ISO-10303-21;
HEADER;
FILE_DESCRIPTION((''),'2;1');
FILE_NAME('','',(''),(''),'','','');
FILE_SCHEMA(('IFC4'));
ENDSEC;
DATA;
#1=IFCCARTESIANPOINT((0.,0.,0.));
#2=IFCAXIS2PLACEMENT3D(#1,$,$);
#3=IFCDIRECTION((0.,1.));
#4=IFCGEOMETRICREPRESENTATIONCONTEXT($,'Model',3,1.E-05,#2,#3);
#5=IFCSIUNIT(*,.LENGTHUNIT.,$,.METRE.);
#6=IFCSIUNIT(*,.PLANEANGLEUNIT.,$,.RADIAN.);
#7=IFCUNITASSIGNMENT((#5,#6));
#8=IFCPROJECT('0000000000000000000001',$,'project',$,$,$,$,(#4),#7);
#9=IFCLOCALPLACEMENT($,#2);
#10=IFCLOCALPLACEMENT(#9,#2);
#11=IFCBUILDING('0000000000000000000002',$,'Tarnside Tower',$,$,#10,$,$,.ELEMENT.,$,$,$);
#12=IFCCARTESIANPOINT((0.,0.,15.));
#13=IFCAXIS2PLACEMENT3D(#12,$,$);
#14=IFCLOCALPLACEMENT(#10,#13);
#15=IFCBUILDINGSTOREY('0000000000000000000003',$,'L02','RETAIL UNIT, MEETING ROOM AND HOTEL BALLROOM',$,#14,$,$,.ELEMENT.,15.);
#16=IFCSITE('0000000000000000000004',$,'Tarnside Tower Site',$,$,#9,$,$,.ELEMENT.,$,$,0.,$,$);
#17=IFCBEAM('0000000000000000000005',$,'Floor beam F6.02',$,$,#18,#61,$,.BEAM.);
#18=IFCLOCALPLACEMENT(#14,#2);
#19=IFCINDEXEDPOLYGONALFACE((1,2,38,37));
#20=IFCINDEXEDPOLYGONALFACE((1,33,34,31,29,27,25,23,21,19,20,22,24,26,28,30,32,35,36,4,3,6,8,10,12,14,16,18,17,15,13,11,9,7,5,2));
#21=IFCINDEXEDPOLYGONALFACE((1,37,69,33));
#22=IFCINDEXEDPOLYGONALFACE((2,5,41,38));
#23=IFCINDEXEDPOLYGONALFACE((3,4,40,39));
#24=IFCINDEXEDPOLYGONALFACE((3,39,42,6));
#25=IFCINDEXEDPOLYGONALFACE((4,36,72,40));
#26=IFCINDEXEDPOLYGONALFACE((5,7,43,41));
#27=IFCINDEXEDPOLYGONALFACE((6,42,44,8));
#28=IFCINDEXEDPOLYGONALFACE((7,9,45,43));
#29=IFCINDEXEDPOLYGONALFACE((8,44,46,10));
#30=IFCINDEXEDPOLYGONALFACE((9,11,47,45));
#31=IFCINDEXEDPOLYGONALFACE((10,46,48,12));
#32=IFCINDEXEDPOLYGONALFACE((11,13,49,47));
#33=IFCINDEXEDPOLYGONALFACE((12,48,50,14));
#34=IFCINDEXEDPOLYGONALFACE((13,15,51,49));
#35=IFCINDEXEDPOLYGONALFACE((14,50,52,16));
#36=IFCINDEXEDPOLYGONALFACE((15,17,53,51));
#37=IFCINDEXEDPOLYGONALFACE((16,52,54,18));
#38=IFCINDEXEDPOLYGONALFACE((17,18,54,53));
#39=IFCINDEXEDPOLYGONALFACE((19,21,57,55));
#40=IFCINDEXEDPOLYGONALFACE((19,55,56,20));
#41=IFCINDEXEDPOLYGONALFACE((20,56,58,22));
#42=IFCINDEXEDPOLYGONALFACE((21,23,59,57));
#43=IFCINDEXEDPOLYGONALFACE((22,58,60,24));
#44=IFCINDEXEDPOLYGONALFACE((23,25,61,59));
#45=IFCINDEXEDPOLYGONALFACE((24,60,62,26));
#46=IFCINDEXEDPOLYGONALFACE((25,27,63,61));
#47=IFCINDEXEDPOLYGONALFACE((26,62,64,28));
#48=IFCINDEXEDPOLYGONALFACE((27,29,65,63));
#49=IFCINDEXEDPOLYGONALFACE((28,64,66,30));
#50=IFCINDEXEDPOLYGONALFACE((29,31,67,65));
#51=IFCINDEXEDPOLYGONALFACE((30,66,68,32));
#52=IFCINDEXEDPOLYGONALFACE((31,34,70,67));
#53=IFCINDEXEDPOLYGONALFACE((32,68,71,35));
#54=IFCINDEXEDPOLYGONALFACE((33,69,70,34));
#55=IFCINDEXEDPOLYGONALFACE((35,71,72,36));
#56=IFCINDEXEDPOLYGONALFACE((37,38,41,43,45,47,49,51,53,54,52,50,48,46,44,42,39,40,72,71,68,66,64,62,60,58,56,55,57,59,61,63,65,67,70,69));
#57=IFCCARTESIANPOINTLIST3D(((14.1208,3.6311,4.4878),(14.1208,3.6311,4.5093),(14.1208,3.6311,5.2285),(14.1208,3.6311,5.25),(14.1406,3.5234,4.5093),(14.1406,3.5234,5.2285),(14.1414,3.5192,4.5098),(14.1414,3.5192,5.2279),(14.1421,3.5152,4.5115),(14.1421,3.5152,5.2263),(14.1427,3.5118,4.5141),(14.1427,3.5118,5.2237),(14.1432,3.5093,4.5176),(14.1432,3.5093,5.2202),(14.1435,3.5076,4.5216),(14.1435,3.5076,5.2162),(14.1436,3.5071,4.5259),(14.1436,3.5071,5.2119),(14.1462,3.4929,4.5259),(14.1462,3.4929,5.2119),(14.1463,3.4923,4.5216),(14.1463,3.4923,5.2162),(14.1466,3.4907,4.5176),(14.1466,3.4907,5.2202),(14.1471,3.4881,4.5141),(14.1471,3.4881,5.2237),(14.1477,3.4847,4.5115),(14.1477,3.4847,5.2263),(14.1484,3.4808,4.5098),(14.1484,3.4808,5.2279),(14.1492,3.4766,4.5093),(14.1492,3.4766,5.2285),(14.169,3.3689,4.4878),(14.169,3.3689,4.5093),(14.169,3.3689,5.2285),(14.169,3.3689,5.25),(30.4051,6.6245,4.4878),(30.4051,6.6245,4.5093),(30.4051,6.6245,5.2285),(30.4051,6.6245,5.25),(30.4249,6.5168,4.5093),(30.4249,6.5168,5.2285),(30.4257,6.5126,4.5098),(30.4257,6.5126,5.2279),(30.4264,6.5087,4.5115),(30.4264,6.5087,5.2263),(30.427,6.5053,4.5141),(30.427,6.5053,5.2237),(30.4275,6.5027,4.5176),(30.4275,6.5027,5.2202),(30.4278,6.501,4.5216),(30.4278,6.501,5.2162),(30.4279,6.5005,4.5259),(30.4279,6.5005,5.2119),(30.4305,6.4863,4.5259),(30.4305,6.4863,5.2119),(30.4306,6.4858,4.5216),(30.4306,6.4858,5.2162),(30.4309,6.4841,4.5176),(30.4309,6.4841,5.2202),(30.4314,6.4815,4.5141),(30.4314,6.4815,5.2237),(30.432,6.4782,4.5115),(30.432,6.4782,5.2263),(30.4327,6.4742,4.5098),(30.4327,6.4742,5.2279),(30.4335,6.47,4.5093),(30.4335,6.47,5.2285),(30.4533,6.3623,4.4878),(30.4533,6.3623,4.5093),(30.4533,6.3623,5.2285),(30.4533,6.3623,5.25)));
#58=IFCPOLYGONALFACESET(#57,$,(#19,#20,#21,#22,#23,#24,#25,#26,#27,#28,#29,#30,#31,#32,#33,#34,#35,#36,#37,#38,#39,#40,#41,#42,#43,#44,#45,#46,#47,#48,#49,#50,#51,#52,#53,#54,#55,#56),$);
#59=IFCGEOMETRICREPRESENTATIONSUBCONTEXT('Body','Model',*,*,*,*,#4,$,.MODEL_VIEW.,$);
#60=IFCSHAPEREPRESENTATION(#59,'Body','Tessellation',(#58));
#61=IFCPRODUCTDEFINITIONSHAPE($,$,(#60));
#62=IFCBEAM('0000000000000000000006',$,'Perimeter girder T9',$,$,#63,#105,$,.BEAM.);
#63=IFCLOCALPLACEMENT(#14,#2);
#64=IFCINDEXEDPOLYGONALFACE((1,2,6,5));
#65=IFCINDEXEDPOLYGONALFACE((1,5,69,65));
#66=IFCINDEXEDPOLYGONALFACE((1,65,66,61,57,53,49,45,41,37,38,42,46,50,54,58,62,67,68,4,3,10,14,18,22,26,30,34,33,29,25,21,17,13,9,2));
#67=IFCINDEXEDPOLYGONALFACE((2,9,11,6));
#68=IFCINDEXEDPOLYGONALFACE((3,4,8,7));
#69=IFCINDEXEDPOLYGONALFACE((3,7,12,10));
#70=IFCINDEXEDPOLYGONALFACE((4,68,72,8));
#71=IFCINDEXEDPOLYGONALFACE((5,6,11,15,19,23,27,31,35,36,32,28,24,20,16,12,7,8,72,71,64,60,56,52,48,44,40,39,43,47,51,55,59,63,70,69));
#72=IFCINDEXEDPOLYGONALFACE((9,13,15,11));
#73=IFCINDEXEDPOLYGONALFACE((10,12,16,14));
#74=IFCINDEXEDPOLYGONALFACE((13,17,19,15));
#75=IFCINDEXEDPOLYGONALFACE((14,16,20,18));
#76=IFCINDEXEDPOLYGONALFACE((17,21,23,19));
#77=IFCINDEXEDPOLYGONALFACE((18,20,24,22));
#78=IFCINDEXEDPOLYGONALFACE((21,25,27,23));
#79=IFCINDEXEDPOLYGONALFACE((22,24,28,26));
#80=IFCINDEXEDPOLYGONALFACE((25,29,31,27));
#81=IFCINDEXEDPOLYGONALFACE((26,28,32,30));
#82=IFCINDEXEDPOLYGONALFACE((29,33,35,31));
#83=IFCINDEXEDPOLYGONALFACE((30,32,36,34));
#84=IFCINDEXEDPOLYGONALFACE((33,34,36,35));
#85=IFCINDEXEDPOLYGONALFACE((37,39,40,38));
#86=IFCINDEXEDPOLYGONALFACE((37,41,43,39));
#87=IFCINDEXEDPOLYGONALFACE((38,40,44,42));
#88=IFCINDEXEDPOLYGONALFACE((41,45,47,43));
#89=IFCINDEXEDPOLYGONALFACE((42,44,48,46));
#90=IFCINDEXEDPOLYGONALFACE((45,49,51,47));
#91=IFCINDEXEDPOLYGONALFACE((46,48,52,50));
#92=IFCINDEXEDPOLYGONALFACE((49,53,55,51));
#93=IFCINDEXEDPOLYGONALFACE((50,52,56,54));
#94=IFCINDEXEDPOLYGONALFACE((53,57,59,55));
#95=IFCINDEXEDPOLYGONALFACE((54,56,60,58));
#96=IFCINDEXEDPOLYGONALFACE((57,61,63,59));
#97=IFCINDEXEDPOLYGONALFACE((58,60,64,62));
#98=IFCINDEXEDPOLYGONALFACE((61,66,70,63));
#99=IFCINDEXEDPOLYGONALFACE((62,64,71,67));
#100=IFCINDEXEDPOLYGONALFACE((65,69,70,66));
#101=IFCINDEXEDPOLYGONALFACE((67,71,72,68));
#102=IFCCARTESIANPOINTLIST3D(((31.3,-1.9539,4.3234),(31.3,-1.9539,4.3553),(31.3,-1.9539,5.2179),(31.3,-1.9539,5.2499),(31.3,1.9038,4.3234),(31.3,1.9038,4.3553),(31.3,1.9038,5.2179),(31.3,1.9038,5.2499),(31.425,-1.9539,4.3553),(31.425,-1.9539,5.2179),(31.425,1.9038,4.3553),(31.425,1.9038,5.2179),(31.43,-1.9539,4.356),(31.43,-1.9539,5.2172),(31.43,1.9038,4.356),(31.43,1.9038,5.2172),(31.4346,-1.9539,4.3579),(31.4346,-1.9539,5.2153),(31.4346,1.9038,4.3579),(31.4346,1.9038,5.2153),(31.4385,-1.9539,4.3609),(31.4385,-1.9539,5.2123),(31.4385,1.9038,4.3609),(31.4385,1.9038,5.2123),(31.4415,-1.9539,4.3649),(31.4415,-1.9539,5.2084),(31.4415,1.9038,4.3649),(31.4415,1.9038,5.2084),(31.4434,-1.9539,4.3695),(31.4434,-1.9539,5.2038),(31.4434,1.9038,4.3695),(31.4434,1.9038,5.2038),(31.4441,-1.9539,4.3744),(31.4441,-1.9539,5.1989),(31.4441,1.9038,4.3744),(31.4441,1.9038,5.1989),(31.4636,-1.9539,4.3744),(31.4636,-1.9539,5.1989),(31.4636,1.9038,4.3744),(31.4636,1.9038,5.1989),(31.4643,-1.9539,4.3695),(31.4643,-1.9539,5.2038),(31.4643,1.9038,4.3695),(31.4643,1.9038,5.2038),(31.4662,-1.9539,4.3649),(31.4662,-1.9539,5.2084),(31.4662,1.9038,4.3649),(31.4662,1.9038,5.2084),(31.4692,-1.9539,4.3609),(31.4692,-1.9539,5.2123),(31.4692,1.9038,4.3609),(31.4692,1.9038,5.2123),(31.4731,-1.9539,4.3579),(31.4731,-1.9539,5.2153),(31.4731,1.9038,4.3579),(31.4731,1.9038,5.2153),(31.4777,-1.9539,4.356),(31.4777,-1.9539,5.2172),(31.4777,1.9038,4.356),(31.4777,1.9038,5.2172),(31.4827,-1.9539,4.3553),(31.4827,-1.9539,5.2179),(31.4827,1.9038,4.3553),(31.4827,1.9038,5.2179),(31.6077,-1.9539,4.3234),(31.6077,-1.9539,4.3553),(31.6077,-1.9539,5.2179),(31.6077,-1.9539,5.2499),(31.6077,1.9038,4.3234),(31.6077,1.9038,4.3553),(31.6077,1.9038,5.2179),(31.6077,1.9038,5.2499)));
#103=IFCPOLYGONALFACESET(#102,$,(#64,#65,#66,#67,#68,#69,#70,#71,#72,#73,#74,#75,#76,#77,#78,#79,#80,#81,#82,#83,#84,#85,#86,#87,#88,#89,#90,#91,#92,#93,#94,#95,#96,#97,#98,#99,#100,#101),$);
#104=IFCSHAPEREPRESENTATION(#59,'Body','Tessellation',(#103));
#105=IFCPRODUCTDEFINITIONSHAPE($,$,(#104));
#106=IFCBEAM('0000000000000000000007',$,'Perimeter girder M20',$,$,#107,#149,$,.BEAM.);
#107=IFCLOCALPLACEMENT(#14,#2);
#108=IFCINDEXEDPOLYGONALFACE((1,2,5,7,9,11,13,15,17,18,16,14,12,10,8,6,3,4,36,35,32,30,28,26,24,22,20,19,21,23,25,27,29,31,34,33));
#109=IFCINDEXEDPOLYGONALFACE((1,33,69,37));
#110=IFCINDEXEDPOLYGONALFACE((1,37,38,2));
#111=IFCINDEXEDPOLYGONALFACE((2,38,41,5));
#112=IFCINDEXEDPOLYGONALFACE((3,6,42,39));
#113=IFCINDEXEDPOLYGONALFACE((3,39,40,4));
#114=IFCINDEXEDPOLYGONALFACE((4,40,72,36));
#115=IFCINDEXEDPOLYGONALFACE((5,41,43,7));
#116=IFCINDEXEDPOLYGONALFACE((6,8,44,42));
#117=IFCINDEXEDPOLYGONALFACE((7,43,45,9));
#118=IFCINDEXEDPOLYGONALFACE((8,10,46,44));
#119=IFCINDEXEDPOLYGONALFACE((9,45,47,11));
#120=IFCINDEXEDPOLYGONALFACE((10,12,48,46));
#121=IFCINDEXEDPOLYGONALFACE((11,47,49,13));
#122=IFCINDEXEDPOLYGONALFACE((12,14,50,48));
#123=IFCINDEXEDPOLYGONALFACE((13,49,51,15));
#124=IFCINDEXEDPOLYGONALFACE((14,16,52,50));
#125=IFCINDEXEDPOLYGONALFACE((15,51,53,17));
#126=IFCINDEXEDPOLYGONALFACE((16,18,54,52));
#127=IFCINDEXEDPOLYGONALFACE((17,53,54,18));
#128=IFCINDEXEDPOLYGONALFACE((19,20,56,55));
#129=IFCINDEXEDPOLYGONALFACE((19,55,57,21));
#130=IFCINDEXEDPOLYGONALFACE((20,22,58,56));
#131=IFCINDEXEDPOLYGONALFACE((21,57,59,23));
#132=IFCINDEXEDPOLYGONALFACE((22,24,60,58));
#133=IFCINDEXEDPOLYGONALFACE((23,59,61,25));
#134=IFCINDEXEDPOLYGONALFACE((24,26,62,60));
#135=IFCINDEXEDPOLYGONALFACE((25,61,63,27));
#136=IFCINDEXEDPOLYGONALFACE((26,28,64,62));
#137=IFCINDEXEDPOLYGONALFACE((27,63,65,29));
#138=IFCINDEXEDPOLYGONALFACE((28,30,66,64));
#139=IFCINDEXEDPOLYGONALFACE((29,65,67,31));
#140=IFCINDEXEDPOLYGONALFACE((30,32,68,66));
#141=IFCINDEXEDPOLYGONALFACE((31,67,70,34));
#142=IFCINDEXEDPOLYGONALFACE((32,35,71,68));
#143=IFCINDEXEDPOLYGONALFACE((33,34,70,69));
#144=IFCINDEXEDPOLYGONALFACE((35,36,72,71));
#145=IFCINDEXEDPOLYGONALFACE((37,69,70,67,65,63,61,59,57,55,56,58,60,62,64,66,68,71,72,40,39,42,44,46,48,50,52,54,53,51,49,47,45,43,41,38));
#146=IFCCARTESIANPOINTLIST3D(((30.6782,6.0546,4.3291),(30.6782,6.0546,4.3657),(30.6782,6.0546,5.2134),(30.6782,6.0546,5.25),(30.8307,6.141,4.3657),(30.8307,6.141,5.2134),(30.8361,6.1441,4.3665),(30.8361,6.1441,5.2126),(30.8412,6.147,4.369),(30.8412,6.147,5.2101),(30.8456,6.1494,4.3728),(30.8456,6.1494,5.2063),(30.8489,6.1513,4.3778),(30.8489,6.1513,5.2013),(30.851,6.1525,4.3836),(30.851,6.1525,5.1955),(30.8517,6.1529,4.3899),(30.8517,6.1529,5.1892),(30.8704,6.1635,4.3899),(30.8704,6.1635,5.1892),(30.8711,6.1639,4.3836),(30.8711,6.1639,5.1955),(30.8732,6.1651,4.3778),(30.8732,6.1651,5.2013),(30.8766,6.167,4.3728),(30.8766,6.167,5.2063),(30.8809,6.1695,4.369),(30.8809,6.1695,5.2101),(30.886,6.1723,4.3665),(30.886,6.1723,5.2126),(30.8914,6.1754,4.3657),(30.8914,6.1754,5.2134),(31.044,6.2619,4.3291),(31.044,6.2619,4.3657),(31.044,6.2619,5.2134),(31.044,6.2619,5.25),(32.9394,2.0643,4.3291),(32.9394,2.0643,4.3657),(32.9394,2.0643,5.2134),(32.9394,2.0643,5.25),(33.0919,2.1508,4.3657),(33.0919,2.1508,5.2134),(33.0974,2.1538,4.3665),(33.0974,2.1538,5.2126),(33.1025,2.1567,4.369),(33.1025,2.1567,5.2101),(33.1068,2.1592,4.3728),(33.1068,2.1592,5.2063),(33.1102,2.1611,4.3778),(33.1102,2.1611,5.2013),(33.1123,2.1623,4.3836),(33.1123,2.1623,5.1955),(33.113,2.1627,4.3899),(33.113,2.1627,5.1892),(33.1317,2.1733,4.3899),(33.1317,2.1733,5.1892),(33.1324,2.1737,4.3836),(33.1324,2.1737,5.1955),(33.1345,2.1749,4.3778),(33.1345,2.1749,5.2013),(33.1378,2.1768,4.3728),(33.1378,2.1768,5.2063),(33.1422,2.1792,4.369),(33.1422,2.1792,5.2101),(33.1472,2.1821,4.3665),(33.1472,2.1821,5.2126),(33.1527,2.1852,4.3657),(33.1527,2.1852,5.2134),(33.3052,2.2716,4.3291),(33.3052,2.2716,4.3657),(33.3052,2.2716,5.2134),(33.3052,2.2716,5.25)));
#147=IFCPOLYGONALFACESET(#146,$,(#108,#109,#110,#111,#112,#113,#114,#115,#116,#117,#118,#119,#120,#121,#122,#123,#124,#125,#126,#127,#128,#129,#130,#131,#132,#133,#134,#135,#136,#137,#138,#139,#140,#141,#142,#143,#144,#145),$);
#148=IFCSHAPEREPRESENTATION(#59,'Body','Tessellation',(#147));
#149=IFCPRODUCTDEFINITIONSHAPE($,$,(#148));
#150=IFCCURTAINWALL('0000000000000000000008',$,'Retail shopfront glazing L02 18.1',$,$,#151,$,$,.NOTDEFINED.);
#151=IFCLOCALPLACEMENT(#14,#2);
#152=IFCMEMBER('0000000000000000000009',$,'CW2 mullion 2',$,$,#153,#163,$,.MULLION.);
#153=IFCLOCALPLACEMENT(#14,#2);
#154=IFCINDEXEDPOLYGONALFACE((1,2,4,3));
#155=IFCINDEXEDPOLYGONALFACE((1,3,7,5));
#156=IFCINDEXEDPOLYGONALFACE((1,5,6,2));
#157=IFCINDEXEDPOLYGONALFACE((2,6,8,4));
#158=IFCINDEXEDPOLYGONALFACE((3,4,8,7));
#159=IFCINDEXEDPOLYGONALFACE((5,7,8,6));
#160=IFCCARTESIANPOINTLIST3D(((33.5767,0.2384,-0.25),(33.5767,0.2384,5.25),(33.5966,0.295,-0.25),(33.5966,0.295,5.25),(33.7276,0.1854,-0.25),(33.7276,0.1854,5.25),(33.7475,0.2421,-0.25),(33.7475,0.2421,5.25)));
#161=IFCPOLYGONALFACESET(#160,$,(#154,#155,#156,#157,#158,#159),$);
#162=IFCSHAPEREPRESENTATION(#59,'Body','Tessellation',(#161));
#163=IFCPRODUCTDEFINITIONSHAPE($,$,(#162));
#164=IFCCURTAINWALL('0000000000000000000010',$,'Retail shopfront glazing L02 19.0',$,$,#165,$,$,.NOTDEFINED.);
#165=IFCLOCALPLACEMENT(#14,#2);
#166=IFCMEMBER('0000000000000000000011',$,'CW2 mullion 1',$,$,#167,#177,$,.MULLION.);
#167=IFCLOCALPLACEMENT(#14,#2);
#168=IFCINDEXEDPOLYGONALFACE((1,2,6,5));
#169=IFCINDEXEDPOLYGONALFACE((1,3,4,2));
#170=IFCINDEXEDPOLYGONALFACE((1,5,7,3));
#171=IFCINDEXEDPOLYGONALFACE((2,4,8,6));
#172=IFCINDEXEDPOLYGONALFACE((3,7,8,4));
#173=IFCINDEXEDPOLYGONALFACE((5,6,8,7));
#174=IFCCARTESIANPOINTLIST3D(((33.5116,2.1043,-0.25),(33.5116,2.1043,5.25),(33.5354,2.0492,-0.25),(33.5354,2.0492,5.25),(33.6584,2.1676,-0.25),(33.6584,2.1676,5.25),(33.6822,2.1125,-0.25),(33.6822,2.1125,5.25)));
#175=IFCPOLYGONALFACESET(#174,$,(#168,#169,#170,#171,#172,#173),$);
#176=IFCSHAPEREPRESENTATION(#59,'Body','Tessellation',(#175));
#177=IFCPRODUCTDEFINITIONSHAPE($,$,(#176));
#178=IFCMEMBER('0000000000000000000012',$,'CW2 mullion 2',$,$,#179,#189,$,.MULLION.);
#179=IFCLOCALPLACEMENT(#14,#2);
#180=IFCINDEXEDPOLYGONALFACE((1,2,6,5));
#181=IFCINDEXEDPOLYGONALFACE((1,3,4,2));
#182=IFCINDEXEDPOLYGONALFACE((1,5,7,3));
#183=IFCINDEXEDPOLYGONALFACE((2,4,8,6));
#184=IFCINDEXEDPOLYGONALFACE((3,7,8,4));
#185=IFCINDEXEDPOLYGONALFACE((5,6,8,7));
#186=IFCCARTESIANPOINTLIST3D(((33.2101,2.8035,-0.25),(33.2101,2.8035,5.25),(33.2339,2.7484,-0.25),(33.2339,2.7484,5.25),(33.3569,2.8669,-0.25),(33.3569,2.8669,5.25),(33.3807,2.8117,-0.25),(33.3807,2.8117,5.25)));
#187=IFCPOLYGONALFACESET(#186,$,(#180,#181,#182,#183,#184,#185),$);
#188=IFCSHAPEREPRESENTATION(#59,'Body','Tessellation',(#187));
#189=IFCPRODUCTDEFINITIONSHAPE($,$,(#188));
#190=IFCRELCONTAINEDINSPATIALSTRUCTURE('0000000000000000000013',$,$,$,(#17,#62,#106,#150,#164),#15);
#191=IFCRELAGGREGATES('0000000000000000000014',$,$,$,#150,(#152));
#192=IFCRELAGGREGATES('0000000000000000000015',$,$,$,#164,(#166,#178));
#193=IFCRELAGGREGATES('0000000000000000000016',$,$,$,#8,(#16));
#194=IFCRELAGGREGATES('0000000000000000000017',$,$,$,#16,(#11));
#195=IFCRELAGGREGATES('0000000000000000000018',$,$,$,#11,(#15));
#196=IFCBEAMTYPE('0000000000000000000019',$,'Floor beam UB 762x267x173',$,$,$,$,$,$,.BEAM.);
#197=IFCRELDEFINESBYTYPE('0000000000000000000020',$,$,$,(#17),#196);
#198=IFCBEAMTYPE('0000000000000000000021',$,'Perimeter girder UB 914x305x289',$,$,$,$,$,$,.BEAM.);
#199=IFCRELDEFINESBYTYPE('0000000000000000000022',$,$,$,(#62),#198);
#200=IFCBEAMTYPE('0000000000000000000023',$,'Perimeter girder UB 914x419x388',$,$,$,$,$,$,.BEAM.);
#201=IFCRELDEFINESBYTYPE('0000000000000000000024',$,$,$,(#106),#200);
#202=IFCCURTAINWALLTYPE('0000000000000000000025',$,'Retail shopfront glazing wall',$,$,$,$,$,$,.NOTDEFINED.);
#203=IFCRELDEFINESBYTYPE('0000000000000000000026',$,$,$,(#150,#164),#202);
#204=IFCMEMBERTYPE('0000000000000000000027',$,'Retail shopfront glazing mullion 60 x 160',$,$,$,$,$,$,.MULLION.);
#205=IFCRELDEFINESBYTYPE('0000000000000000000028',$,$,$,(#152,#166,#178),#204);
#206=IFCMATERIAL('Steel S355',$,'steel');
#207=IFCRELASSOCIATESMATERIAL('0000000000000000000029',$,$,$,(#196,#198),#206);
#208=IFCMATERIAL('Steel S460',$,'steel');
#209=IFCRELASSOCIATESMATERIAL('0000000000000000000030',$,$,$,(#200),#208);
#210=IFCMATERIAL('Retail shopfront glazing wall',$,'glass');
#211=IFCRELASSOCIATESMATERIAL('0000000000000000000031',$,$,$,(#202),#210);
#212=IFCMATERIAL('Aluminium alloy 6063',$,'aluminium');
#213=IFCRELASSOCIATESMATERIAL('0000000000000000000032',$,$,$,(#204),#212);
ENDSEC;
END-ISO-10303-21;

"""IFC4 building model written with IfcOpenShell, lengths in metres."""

from ifc_helpers import new_model, si_unit, direction, frame, origin, origin_2d, place, context, subcontext, project, spatial, rectangle, i_section, extrude, material, material_profile, profile_set, type_object, element, aggregate, save


model = new_model("IFC4")

# Units and contexts
model_context = context("Model", 3, precision=1e-05, world=origin(), true_north=direction((0.0, 1.0)))
body_context = subcontext(model_context, "Body", "Model", "MODEL_VIEW")
ifc_project = project(units=[si_unit("LENGTHUNIT", "METRE"), si_unit("PLANEANGLEUNIT", "RADIAN")], contexts=[model_context])

# Site, building, storey
site_placement = place(None, origin())
site = spatial("IfcSite", under=ifc_project, at=site_placement, Name="Tarnside Tower Site", CompositionType="ELEMENT", RefElevation=0.0)
building_placement = place(site_placement, origin())
building = spatial("IfcBuilding", under=site, at=building_placement, Name="Tarnside Tower", CompositionType="ELEMENT")
storey_placement = place(building_placement, frame((0.0, 0.0, 15.0)))
storey = spatial("IfcBuildingStorey", under=building, at=storey_placement, Name="L02", Description="RETAIL UNIT, MEETING ROOM AND HOTEL BALLROOM", CompositionType="ELEMENT", Elevation=15.0)

# Shared definitions
ifc_material_1 = material(Name="Steel S460", Category="steel")

# Beams
ifc_material_2 = material(Name="Steel S355", Category="steel")
ifc_material_profile_1 = material_profile(ifc_material_2, i_section(OverallWidth=0.2666, OverallDepth=0.7622, WebThickness=0.0144, FlangeThickness=0.0215, FilletRadius=0.0166, at=origin_2d()), Name="UB 762x267x173")
ifc_profile_set_1 = profile_set([ifc_material_profile_1], Name="Steel S355")
beam_type_1 = type_object("IfcBeamType", Name="Floor beam UB 762x267x173", PredefinedType="BEAM", material=ifc_profile_set_1)
beam_1_placement = place(storey_placement, frame((30.4292, 6.4934, 4.8689), z_axis=(-0.983521, -0.180794, 0.0), x_axis=(0.180794, -0.983521, 0.0)))
element("IfcBeam", 1, at=beam_1_placement, inside=storey, type_object=beam_type_1, Name="Floor beam F6.02", PredefinedType="BEAM", context=body_context, shape_type="SweptSolid", body=[
    extrude(i_section(OverallWidth=0.2666, OverallDepth=0.7622, WebThickness=0.0144, FlangeThickness=0.0215, FilletRadius=0.0166, at=origin_2d()), origin(), (0.0, 0.0, 1.0), 16.5571),
])
ifc_material_profile_2 = material_profile(ifc_material_2, i_section(OverallWidth=0.3076, OverallDepth=0.9265, WebThickness=0.0195, FlangeThickness=0.032, FilletRadius=0.019, at=origin_2d()), Name="UB 914x305x289")
ifc_profile_set_2 = profile_set([ifc_material_profile_2], Name="Steel S355")
beam_type_2 = type_object("IfcBeamType", Name="Perimeter girder UB 914x305x289", PredefinedType="BEAM", material=ifc_profile_set_2)
beam_2_placement = place(storey_placement, frame((31.4539, 1.9038, 4.7866), z_axis=(0.0, -1.0, 0.0), x_axis=(1.0, 0.0, 0.0)))
element("IfcBeam", 2, at=beam_2_placement, inside=storey, type_object=beam_type_2, Name="Perimeter girder T9", PredefinedType="BEAM", context=body_context, shape_type="SweptSolid", body=[
    extrude(i_section(OverallWidth=0.3076, OverallDepth=0.9265, WebThickness=0.0195, FlangeThickness=0.032, FilletRadius=0.019, at=origin_2d()), origin(), (0.0, 0.0, 1.0), 3.8577),
])
ifc_material_profile_3 = material_profile(ifc_material_1, i_section(OverallWidth=0.4204, OverallDepth=0.9209, WebThickness=0.0215, FlangeThickness=0.0366, FilletRadius=0.0242, at=origin_2d()), Name="UB 914x419x388")
ifc_profile_set_3 = profile_set([ifc_material_profile_3], Name="Steel S460")
beam_type_3 = type_object("IfcBeamType", Name="Perimeter girder UB 914x419x388", PredefinedType="BEAM", material=ifc_profile_set_3)
beam_3_placement = place(storey_placement, frame((33.1223, 2.168, 4.7896), z_axis=(-0.493029, 0.870013, 0.0), x_axis=(-0.870013, -0.493029, 0.0)))
element("IfcBeam", 3, at=beam_3_placement, inside=storey, type_object=beam_type_3, Name="Perimeter girder M20", PredefinedType="BEAM", context=body_context, shape_type="SweptSolid", body=[
    extrude(i_section(OverallWidth=0.4204, OverallDepth=0.9209, WebThickness=0.0215, FlangeThickness=0.0366, FilletRadius=0.0242, at=origin_2d()), origin(), (0.0, 0.0, 1.0), 4.5864),
])

# Curtain wall, member
ifc_material_3 = material(Name="Retail shopfront glazing wall", Category="glass")
curtain_wall_type = type_object("IfcCurtainWallType", Name="Retail shopfront glazing wall", PredefinedType="NOTDEFINED", material=ifc_material_3)
curtain_wall_1_placement = place(storey_placement, origin())
curtain_wall_1 = element("IfcCurtainWall", 4, at=curtain_wall_1_placement, inside=storey, type_object=curtain_wall_type, Name="Retail shopfront glazing L02 18.1", PredefinedType="NOTDEFINED")
ifc_material_4 = material(Name="Aluminium alloy 6063", Category="aluminium")
ifc_material_profile_4 = material_profile(ifc_material_4, rectangle(XDim=0.1599, YDim=0.0601, at=origin_2d()), Name="Retail shopfront glazing mullion 60 x 160")
ifc_profile_set_4 = profile_set([ifc_material_profile_4], Name="Aluminium alloy 6063")
member_type_1 = type_object("IfcMemberType", Name="Retail shopfront glazing mullion 60 x 160", PredefinedType="MULLION", material=ifc_profile_set_4)
member_1_placement = place(storey_placement, frame((33.6621, 0.2402, -0.25), z_axis=(0.0, 0.0, 1.0), x_axis=(-0.943609, 0.331063, 0.0)))
member_1 = element("IfcMember", 5, at=member_1_placement, type_object=member_type_1, Name="CW2 mullion 2", PredefinedType="MULLION", context=body_context, shape_type="SweptSolid", body=[
    extrude(rectangle(XDim=0.1599, YDim=0.0601, at=origin_2d()), origin(), (0.0, 0.0, 1.0), 5.5),
])
aggregate(curtain_wall_1, [member_1])

# Curtain wall, members
curtain_wall_2_placement = place(storey_placement, origin())
curtain_wall_2 = element("IfcCurtainWall", 6, at=curtain_wall_2_placement, inside=storey, type_object=curtain_wall_type, Name="Retail shopfront glazing L02 19.0", PredefinedType="NOTDEFINED")
member_2_placement = place(storey_placement, frame((33.5969, 2.1084, -0.25), z_axis=(0.0, 0.0, 1.0), x_axis=(-0.918216, -0.39608, 0.0)))
member_2 = element("IfcMember", 7, at=member_2_placement, type_object=member_type_1, Name="CW2 mullion 1", PredefinedType="MULLION", context=body_context, shape_type="SweptSolid", body=[
    extrude(rectangle(XDim=0.1599, YDim=0.0601, at=origin_2d()), origin(), (0.0, 0.0, 1.0), 5.5),
])
member_3_placement = place(storey_placement, frame((33.2954, 2.8076, -0.25), z_axis=(0.0, 0.0, 1.0), x_axis=(-0.918216, -0.39608, 0.0)))
member_3 = element("IfcMember", 8, at=member_3_placement, type_object=member_type_1, Name="CW2 mullion 2", PredefinedType="MULLION", context=body_context, shape_type="SweptSolid", body=[
    extrude(rectangle(XDim=0.1599, YDim=0.0601, at=origin_2d()), origin(), (0.0, 0.0, 1.0), 5.5),
])

aggregate(curtain_wall_2, [member_2, member_3])

save(model, "model.ifc")
